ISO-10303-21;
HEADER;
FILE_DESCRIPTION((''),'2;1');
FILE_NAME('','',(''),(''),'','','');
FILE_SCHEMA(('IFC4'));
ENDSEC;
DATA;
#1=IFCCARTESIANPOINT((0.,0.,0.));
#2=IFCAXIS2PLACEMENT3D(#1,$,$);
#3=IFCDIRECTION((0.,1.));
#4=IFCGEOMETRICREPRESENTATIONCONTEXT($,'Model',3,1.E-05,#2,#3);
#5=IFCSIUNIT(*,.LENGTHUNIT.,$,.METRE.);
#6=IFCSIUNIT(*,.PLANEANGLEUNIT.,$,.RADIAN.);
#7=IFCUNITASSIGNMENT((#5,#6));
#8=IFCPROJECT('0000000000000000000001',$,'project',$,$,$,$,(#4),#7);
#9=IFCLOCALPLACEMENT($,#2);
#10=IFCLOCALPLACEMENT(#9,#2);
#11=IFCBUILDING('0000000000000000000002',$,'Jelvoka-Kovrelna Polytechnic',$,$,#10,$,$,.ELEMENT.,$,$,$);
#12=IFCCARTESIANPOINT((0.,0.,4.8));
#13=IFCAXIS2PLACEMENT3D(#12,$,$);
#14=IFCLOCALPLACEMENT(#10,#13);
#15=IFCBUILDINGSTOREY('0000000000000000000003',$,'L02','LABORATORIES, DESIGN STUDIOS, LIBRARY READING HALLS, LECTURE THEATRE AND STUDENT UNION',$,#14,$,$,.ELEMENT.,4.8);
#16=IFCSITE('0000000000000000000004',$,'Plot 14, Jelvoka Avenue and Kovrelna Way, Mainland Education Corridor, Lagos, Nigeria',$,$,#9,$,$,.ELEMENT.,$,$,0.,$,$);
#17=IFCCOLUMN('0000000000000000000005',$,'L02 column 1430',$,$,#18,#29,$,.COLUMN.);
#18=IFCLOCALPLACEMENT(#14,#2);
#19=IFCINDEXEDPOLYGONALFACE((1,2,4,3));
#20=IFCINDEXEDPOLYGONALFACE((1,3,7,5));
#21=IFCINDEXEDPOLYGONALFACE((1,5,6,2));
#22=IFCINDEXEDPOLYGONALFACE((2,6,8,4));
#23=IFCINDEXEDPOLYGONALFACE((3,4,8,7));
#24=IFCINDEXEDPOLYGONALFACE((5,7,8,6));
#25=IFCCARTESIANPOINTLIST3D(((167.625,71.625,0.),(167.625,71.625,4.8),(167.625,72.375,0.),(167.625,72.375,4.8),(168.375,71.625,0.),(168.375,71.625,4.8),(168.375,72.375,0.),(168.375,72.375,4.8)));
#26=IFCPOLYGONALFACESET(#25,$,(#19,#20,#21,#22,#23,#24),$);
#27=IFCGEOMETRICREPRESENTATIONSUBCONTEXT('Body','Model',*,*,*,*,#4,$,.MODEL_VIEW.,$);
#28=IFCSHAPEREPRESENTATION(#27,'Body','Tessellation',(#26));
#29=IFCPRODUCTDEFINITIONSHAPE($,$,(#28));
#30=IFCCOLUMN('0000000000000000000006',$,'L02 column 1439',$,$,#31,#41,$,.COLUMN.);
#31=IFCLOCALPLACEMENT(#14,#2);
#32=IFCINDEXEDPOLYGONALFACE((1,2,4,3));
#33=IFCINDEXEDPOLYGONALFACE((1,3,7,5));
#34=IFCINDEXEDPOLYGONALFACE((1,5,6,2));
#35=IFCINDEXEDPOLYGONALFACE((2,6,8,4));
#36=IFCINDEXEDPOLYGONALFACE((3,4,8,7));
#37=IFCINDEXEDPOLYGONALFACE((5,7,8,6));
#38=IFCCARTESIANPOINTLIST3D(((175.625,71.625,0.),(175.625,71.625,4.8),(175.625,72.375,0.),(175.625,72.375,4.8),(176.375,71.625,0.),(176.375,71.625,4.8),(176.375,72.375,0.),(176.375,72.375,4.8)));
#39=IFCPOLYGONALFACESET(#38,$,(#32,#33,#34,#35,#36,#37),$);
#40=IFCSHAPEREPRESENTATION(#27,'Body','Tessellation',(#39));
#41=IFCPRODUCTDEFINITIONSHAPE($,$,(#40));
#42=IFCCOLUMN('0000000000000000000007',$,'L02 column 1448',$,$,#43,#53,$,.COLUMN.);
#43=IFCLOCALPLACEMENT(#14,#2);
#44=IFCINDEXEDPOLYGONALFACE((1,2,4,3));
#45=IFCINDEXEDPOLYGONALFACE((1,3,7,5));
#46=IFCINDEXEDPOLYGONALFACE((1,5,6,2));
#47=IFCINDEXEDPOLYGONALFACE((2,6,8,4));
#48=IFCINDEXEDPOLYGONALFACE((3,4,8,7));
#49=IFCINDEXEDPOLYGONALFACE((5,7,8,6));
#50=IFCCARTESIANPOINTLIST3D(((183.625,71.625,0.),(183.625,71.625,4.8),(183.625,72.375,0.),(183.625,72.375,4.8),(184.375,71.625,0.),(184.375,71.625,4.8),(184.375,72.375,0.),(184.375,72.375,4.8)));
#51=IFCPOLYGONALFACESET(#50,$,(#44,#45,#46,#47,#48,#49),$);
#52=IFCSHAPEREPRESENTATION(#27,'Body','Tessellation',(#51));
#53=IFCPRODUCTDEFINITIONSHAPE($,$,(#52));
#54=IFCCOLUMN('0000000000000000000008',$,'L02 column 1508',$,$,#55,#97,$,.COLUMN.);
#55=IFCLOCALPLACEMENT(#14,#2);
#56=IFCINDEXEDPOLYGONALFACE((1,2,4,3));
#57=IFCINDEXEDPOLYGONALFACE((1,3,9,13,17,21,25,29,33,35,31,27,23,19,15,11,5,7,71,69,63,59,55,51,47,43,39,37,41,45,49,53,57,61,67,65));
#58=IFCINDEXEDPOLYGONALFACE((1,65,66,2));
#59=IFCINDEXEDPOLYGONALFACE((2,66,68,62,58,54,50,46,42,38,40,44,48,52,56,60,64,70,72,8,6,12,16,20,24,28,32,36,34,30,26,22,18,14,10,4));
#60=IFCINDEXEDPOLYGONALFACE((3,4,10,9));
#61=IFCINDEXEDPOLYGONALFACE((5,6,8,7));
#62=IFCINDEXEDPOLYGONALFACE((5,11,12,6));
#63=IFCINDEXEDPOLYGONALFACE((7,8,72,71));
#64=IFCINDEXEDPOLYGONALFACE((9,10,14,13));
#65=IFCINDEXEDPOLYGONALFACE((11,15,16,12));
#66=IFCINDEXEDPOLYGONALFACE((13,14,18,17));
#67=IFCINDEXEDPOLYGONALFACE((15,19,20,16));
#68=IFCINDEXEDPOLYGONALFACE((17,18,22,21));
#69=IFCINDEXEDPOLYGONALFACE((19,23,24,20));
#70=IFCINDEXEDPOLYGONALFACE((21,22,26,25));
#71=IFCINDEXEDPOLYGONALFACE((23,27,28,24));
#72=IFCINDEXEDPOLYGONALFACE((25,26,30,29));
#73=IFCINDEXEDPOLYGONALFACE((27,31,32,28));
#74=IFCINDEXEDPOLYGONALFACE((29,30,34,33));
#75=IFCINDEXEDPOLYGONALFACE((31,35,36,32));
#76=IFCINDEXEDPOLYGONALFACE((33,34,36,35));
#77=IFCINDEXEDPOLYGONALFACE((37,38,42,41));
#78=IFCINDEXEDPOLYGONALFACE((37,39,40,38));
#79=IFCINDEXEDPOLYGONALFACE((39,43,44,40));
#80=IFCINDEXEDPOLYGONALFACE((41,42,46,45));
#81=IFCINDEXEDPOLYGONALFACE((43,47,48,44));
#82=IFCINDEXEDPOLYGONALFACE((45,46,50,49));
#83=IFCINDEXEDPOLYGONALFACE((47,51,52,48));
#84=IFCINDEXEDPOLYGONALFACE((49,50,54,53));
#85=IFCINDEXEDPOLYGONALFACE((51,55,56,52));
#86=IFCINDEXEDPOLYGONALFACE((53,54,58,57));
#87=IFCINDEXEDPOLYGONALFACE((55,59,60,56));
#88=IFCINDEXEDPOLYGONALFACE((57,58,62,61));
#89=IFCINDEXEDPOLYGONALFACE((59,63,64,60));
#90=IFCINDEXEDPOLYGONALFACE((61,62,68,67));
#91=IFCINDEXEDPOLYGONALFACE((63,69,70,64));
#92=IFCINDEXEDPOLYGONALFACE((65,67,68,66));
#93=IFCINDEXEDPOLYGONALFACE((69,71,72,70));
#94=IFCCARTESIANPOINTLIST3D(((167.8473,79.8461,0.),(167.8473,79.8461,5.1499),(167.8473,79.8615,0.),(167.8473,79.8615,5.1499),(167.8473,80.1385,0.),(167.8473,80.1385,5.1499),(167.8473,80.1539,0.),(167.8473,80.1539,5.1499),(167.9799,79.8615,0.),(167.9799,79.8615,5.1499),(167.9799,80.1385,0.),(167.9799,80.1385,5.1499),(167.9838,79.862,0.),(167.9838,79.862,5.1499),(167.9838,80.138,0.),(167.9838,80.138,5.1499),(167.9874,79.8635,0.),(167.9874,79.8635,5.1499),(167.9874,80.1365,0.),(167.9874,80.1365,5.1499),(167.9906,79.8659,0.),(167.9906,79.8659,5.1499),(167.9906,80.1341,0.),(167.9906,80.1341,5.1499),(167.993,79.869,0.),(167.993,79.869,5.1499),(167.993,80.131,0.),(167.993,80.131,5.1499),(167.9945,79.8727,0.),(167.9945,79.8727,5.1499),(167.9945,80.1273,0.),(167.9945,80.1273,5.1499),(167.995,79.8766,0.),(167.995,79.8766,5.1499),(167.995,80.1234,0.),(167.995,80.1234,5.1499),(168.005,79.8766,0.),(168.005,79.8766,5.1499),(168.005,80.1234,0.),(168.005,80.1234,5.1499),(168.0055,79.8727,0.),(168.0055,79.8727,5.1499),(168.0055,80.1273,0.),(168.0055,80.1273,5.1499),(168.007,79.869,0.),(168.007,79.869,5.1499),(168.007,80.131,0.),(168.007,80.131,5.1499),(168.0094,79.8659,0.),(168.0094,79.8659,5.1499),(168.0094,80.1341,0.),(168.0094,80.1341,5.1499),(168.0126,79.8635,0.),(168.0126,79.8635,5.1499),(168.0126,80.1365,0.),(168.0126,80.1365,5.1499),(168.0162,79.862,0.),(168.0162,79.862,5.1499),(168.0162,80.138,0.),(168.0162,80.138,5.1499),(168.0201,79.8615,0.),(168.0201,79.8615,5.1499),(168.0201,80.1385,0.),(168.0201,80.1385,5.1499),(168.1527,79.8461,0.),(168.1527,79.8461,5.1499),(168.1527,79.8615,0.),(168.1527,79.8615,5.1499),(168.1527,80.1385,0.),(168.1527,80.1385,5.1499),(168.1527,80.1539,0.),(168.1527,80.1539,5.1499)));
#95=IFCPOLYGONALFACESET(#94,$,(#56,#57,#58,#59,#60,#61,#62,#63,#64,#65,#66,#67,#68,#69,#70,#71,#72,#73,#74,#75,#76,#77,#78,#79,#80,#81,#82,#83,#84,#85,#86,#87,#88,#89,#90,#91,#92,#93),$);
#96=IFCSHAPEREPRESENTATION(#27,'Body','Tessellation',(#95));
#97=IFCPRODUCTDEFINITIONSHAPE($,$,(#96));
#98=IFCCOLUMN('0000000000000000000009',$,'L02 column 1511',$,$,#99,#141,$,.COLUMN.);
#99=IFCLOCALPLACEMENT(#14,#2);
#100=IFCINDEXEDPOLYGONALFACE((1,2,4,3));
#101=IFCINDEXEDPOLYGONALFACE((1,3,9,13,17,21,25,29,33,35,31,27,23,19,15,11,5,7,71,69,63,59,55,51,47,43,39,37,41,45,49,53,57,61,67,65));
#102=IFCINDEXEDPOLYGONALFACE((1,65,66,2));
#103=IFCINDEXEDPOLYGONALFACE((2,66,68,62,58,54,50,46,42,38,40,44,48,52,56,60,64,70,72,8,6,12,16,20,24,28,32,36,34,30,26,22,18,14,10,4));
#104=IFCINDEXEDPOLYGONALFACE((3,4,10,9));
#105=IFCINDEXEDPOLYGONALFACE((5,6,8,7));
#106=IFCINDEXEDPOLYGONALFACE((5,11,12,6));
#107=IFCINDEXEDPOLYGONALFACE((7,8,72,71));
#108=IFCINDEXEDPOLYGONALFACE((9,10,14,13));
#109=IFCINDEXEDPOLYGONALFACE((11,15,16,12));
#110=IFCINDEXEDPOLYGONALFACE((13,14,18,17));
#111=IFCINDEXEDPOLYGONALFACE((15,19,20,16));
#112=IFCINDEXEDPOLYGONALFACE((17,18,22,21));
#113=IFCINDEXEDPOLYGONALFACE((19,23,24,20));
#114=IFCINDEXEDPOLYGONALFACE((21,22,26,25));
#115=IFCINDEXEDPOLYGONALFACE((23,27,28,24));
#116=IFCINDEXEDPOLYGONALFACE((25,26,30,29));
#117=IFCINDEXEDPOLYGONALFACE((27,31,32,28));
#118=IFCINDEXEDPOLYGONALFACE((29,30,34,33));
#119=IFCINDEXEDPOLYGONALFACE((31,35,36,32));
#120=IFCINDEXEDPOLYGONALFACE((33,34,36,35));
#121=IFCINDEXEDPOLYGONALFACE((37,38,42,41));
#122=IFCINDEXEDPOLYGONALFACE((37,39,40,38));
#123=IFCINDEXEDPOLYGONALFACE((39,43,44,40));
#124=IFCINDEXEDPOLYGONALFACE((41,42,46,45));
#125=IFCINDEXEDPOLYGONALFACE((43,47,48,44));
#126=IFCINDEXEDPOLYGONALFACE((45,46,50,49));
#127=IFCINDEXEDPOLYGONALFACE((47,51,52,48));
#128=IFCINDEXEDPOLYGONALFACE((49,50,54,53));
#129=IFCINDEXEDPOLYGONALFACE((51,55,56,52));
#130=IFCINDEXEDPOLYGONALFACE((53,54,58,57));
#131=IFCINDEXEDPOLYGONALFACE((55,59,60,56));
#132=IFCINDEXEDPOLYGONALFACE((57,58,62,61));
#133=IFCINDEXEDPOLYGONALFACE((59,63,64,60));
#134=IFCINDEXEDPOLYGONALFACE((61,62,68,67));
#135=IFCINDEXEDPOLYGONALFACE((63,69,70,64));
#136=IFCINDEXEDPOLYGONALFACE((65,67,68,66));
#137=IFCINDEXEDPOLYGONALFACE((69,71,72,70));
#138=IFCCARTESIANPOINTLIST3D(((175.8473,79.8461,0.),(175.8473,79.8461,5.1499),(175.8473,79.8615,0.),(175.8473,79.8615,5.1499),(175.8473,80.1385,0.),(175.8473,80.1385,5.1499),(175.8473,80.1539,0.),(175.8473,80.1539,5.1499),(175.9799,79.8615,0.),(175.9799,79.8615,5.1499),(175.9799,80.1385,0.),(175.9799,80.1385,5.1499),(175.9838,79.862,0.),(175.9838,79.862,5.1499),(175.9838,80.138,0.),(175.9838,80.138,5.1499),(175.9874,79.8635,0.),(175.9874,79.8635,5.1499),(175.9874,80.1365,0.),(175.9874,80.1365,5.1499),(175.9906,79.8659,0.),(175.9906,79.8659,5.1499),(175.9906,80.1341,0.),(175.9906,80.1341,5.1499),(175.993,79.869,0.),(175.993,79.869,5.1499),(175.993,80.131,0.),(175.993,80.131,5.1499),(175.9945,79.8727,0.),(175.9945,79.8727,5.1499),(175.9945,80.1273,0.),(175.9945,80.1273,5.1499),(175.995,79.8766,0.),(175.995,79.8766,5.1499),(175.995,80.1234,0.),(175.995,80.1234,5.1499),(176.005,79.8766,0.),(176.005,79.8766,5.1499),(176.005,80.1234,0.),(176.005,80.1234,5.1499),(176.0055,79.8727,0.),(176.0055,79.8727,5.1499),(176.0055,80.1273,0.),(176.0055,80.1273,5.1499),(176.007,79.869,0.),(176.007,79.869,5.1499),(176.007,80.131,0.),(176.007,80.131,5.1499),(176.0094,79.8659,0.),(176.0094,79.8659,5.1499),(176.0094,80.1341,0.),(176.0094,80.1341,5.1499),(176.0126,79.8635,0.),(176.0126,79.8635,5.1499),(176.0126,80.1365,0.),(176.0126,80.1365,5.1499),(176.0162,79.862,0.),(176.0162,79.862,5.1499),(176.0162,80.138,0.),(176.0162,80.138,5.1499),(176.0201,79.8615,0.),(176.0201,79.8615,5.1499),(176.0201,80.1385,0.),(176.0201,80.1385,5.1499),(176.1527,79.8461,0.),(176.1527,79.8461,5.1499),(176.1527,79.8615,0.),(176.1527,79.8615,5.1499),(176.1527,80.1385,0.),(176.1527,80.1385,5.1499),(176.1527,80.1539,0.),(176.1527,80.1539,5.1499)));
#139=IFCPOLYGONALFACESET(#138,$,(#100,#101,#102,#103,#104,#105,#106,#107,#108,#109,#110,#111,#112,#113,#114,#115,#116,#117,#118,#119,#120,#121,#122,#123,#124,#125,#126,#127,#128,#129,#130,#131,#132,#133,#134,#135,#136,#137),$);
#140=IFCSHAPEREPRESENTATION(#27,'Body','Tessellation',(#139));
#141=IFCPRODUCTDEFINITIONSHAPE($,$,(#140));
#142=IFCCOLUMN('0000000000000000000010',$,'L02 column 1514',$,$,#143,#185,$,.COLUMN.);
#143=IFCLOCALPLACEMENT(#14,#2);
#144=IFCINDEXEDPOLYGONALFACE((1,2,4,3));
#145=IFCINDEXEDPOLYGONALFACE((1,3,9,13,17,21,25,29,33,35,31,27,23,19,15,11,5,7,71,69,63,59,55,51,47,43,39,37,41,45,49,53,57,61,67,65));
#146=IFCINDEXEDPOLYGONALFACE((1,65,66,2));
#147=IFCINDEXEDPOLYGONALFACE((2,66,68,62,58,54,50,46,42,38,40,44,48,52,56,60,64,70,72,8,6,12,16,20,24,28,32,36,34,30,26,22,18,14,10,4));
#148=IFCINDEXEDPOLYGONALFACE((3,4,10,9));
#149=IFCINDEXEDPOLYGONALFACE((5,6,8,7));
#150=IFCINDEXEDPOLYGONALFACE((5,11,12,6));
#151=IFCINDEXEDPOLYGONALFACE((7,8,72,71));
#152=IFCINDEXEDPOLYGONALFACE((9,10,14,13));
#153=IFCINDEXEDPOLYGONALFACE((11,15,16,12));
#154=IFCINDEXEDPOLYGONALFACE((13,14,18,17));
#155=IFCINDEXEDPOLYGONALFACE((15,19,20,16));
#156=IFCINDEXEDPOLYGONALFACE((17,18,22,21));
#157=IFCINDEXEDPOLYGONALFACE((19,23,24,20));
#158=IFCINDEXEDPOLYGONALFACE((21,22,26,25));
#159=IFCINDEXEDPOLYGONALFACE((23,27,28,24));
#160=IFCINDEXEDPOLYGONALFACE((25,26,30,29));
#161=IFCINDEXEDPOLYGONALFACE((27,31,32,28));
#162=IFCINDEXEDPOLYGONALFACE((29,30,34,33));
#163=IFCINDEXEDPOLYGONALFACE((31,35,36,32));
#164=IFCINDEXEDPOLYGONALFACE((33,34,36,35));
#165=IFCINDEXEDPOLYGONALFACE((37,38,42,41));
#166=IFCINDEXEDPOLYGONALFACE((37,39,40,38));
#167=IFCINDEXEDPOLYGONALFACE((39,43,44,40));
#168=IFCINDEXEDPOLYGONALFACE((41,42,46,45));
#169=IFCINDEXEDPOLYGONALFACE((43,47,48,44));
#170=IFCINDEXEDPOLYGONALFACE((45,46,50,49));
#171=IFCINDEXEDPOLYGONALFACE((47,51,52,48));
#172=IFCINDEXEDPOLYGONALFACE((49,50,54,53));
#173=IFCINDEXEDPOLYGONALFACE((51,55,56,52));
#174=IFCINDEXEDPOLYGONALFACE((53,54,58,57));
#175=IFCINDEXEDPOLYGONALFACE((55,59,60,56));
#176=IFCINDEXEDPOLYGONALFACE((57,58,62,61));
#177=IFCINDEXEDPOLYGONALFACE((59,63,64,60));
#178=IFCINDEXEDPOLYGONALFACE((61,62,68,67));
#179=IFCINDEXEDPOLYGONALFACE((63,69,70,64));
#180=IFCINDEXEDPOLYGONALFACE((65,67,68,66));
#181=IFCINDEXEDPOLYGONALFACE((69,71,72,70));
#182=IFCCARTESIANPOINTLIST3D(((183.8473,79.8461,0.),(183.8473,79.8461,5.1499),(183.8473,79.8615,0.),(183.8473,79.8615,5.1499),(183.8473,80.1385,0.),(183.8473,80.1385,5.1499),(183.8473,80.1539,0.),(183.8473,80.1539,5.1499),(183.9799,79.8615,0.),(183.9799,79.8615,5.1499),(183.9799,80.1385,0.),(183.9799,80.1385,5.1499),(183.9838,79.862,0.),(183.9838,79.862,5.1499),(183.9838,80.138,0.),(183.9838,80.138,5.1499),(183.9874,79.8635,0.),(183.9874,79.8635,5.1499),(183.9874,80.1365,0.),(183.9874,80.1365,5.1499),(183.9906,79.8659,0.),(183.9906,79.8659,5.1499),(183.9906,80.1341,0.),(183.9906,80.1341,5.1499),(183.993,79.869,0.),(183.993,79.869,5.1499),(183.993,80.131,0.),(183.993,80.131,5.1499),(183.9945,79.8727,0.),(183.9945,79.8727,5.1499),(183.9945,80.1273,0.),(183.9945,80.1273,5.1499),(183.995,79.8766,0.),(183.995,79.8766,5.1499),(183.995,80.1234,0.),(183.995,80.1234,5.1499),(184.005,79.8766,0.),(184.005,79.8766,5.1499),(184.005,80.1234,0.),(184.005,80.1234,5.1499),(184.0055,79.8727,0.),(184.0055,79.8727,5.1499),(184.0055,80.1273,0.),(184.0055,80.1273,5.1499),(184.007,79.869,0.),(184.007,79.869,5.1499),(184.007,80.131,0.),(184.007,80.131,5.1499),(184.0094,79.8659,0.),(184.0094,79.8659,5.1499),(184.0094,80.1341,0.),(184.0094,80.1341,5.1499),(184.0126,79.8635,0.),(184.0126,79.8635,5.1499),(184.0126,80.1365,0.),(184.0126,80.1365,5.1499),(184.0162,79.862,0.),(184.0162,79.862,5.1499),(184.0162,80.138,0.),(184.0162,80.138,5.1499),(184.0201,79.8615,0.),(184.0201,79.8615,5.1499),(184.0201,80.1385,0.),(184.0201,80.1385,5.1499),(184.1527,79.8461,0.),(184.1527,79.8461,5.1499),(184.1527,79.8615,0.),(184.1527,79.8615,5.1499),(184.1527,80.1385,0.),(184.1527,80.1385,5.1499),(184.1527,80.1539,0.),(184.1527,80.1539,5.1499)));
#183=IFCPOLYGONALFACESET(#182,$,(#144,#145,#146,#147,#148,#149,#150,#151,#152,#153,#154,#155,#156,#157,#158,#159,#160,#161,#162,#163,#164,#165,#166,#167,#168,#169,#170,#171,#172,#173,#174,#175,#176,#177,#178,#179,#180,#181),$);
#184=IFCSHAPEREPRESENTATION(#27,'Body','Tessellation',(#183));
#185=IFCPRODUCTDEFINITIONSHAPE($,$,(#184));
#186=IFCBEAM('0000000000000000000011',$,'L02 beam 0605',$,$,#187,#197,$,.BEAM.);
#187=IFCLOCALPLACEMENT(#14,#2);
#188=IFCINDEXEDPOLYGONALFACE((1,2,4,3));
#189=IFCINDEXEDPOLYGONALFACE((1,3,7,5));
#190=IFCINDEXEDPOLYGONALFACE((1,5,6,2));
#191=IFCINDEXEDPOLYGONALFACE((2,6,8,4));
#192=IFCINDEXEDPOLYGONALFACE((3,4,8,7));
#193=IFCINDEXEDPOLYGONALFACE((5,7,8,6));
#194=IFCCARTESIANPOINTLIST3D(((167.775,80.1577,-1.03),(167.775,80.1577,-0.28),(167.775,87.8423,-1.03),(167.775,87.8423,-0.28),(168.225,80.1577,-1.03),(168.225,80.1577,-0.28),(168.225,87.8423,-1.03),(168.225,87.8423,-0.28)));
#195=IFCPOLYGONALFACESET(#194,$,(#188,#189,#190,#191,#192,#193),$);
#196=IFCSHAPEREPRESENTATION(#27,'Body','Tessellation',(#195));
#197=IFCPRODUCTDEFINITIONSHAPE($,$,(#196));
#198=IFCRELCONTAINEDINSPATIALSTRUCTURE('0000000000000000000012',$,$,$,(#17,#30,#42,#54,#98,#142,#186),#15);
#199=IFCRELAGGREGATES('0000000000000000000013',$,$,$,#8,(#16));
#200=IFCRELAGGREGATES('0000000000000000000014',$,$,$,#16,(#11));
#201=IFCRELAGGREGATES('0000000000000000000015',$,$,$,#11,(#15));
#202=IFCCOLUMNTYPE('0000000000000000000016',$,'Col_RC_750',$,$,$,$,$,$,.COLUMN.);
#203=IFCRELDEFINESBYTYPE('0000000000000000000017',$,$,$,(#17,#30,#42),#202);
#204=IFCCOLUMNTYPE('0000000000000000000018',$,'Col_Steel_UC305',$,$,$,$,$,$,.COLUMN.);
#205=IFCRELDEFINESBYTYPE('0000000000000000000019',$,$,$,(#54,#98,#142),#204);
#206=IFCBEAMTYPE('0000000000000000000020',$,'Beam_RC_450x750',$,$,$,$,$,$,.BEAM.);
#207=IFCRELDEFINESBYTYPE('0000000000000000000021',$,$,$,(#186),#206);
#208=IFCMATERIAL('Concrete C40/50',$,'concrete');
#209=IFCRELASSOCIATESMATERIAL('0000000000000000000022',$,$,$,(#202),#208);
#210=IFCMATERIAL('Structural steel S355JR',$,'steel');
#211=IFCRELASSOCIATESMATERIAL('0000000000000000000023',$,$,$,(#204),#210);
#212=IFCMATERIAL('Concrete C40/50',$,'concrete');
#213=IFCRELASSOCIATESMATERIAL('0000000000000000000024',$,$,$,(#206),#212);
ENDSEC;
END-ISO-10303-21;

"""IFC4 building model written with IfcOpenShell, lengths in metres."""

from ifc_helpers import new_model, si_unit, direction, frame, origin, origin_2d, place, context, subcontext, project, spatial, rectangle, i_section, extrude, material, material_profile, profile_set, type_object, element, save


model = new_model("IFC4")

# Units and contexts
model_context = context("Model", 3, precision=1e-05, world=origin(), true_north=direction((0.0, 1.0)))
body_context = subcontext(model_context, "Body", "Model", "MODEL_VIEW")
ifc_project = project(units=[si_unit("LENGTHUNIT", "METRE"), si_unit("PLANEANGLEUNIT", "RADIAN")], contexts=[model_context])

# Site, building, storey
site_placement = place(None, origin())
site = spatial("IfcSite", under=ifc_project, at=site_placement, Name="Plot 14, Jelvoka Avenue and Kovrelna Way, Mainland Education Corridor, Lagos, Nigeria", CompositionType="ELEMENT", RefElevation=0.0)
building_placement = place(site_placement, origin())
building = spatial("IfcBuilding", under=site, at=building_placement, Name="Jelvoka-Kovrelna Polytechnic", CompositionType="ELEMENT")
storey_placement = place(building_placement, frame((0.0, 0.0, 4.8)))
storey = spatial("IfcBuildingStorey", under=building, at=storey_placement, Name="L02", Description="LABORATORIES, DESIGN STUDIOS, LIBRARY READING HALLS, LECTURE THEATRE AND STUDENT UNION", CompositionType="ELEMENT", Elevation=4.8)

# Columns
ifc_material_1 = material(Name="Concrete C40/50", Category="concrete")
ifc_material_profile_1 = material_profile(ifc_material_1, rectangle(XDim=0.75, YDim=0.75, at=origin_2d()), Name="RC 750x750")
ifc_profile_set_1 = profile_set([ifc_material_profile_1], Name="Concrete C40/50")
column_type_1 = type_object("IfcColumnType", Name="Col_RC_750", PredefinedType="COLUMN", material=ifc_profile_set_1)
for number, where, z_axis, x_axis, name in (
    (1, (168.0, 72.0, 0.0), (0.0, 0.0, 1.0), (1.0, 0.0, 0.0), "L02 column 1430"),
    (2, (176.0, 72.0, 0.0), (0.0, 0.0, 1.0), (1.0, 0.0, 0.0), "L02 column 1439"),
    (3, (184.0, 72.0, 0.0), (0.0, 0.0, 1.0), (1.0, 0.0, 0.0), "L02 column 1448"),
):
    element("IfcColumn", number, at=place(storey_placement, frame(where, z_axis=z_axis, x_axis=x_axis)), inside=storey, type_object=column_type_1, Name=name, PredefinedType="COLUMN", context=body_context, shape_type="SweptSolid", body=[
        extrude(rectangle(XDim=0.75, YDim=0.75, at=origin_2d()), origin(), (0.0, 0.0, 1.0), 4.8),
    ])
ifc_material_2 = material(Name="Structural steel S355JR", Category="steel")
ifc_material_profile_2 = material_profile(ifc_material_2, i_section(OverallWidth=0.3054, OverallDepth=0.3079, WebThickness=0.01, FlangeThickness=0.0154, FilletRadius=0.0151, at=origin_2d()), Name="305x305x97 UC")
ifc_profile_set_2 = profile_set([ifc_material_profile_2], Name="Structural steel S355JR")
column_type_2 = type_object("IfcColumnType", Name="Col_Steel_UC305", PredefinedType="COLUMN", material=ifc_profile_set_2)
for number, where, z_axis, x_axis, name in (
    (4, (168.0, 80.0, 0.0), (0.0, 0.0, 1.0), (1.0, 0.0, 0.0), "L02 column 1508"),
    (5, (176.0, 80.0, 0.0), (0.0, 0.0, 1.0), (1.0, 0.0, 0.0), "L02 column 1511"),
    (6, (184.0, 80.0, 0.0), (0.0, 0.0, 1.0), (1.0, 0.0, 0.0), "L02 column 1514"),
):
    element("IfcColumn", number, at=place(storey_placement, frame(where, z_axis=z_axis, x_axis=x_axis)), inside=storey, type_object=column_type_2, Name=name, PredefinedType="COLUMN", context=body_context, shape_type="SweptSolid", body=[
        extrude(i_section(OverallWidth=0.3054, OverallDepth=0.3079, WebThickness=0.01, FlangeThickness=0.0154, FilletRadius=0.0151, at=origin_2d()), origin(), (0.0, 0.0, 1.0), 5.1499),
    ])

# Beam
ifc_material_3 = material(Name="Concrete C40/50", Category="concrete")
ifc_material_profile_3 = material_profile(ifc_material_3, rectangle(XDim=0.45, YDim=0.75, at=origin_2d()), Name="RC 450x750")
ifc_profile_set_3 = profile_set([ifc_material_profile_3], Name="Concrete C40/50")
beam_type_1 = type_object("IfcBeamType", Name="Beam_RC_450x750", PredefinedType="BEAM", material=ifc_profile_set_3)
beam_placement = place(storey_placement, frame((168.0, 80.1577, -0.655), z_axis=(0.0, 1.0, 0.0), x_axis=(-1.0, 0.0, 0.0)))
element("IfcBeam", 7, at=beam_placement, inside=storey, type_object=beam_type_1, Name="L02 beam 0605", PredefinedType="BEAM", context=body_context, shape_type="SweptSolid", body=[
    extrude(rectangle(XDim=0.45, YDim=0.75, at=origin_2d()), origin(), (0.0, 0.0, 1.0), 7.6846),
])

save(model, "model.ifc")
